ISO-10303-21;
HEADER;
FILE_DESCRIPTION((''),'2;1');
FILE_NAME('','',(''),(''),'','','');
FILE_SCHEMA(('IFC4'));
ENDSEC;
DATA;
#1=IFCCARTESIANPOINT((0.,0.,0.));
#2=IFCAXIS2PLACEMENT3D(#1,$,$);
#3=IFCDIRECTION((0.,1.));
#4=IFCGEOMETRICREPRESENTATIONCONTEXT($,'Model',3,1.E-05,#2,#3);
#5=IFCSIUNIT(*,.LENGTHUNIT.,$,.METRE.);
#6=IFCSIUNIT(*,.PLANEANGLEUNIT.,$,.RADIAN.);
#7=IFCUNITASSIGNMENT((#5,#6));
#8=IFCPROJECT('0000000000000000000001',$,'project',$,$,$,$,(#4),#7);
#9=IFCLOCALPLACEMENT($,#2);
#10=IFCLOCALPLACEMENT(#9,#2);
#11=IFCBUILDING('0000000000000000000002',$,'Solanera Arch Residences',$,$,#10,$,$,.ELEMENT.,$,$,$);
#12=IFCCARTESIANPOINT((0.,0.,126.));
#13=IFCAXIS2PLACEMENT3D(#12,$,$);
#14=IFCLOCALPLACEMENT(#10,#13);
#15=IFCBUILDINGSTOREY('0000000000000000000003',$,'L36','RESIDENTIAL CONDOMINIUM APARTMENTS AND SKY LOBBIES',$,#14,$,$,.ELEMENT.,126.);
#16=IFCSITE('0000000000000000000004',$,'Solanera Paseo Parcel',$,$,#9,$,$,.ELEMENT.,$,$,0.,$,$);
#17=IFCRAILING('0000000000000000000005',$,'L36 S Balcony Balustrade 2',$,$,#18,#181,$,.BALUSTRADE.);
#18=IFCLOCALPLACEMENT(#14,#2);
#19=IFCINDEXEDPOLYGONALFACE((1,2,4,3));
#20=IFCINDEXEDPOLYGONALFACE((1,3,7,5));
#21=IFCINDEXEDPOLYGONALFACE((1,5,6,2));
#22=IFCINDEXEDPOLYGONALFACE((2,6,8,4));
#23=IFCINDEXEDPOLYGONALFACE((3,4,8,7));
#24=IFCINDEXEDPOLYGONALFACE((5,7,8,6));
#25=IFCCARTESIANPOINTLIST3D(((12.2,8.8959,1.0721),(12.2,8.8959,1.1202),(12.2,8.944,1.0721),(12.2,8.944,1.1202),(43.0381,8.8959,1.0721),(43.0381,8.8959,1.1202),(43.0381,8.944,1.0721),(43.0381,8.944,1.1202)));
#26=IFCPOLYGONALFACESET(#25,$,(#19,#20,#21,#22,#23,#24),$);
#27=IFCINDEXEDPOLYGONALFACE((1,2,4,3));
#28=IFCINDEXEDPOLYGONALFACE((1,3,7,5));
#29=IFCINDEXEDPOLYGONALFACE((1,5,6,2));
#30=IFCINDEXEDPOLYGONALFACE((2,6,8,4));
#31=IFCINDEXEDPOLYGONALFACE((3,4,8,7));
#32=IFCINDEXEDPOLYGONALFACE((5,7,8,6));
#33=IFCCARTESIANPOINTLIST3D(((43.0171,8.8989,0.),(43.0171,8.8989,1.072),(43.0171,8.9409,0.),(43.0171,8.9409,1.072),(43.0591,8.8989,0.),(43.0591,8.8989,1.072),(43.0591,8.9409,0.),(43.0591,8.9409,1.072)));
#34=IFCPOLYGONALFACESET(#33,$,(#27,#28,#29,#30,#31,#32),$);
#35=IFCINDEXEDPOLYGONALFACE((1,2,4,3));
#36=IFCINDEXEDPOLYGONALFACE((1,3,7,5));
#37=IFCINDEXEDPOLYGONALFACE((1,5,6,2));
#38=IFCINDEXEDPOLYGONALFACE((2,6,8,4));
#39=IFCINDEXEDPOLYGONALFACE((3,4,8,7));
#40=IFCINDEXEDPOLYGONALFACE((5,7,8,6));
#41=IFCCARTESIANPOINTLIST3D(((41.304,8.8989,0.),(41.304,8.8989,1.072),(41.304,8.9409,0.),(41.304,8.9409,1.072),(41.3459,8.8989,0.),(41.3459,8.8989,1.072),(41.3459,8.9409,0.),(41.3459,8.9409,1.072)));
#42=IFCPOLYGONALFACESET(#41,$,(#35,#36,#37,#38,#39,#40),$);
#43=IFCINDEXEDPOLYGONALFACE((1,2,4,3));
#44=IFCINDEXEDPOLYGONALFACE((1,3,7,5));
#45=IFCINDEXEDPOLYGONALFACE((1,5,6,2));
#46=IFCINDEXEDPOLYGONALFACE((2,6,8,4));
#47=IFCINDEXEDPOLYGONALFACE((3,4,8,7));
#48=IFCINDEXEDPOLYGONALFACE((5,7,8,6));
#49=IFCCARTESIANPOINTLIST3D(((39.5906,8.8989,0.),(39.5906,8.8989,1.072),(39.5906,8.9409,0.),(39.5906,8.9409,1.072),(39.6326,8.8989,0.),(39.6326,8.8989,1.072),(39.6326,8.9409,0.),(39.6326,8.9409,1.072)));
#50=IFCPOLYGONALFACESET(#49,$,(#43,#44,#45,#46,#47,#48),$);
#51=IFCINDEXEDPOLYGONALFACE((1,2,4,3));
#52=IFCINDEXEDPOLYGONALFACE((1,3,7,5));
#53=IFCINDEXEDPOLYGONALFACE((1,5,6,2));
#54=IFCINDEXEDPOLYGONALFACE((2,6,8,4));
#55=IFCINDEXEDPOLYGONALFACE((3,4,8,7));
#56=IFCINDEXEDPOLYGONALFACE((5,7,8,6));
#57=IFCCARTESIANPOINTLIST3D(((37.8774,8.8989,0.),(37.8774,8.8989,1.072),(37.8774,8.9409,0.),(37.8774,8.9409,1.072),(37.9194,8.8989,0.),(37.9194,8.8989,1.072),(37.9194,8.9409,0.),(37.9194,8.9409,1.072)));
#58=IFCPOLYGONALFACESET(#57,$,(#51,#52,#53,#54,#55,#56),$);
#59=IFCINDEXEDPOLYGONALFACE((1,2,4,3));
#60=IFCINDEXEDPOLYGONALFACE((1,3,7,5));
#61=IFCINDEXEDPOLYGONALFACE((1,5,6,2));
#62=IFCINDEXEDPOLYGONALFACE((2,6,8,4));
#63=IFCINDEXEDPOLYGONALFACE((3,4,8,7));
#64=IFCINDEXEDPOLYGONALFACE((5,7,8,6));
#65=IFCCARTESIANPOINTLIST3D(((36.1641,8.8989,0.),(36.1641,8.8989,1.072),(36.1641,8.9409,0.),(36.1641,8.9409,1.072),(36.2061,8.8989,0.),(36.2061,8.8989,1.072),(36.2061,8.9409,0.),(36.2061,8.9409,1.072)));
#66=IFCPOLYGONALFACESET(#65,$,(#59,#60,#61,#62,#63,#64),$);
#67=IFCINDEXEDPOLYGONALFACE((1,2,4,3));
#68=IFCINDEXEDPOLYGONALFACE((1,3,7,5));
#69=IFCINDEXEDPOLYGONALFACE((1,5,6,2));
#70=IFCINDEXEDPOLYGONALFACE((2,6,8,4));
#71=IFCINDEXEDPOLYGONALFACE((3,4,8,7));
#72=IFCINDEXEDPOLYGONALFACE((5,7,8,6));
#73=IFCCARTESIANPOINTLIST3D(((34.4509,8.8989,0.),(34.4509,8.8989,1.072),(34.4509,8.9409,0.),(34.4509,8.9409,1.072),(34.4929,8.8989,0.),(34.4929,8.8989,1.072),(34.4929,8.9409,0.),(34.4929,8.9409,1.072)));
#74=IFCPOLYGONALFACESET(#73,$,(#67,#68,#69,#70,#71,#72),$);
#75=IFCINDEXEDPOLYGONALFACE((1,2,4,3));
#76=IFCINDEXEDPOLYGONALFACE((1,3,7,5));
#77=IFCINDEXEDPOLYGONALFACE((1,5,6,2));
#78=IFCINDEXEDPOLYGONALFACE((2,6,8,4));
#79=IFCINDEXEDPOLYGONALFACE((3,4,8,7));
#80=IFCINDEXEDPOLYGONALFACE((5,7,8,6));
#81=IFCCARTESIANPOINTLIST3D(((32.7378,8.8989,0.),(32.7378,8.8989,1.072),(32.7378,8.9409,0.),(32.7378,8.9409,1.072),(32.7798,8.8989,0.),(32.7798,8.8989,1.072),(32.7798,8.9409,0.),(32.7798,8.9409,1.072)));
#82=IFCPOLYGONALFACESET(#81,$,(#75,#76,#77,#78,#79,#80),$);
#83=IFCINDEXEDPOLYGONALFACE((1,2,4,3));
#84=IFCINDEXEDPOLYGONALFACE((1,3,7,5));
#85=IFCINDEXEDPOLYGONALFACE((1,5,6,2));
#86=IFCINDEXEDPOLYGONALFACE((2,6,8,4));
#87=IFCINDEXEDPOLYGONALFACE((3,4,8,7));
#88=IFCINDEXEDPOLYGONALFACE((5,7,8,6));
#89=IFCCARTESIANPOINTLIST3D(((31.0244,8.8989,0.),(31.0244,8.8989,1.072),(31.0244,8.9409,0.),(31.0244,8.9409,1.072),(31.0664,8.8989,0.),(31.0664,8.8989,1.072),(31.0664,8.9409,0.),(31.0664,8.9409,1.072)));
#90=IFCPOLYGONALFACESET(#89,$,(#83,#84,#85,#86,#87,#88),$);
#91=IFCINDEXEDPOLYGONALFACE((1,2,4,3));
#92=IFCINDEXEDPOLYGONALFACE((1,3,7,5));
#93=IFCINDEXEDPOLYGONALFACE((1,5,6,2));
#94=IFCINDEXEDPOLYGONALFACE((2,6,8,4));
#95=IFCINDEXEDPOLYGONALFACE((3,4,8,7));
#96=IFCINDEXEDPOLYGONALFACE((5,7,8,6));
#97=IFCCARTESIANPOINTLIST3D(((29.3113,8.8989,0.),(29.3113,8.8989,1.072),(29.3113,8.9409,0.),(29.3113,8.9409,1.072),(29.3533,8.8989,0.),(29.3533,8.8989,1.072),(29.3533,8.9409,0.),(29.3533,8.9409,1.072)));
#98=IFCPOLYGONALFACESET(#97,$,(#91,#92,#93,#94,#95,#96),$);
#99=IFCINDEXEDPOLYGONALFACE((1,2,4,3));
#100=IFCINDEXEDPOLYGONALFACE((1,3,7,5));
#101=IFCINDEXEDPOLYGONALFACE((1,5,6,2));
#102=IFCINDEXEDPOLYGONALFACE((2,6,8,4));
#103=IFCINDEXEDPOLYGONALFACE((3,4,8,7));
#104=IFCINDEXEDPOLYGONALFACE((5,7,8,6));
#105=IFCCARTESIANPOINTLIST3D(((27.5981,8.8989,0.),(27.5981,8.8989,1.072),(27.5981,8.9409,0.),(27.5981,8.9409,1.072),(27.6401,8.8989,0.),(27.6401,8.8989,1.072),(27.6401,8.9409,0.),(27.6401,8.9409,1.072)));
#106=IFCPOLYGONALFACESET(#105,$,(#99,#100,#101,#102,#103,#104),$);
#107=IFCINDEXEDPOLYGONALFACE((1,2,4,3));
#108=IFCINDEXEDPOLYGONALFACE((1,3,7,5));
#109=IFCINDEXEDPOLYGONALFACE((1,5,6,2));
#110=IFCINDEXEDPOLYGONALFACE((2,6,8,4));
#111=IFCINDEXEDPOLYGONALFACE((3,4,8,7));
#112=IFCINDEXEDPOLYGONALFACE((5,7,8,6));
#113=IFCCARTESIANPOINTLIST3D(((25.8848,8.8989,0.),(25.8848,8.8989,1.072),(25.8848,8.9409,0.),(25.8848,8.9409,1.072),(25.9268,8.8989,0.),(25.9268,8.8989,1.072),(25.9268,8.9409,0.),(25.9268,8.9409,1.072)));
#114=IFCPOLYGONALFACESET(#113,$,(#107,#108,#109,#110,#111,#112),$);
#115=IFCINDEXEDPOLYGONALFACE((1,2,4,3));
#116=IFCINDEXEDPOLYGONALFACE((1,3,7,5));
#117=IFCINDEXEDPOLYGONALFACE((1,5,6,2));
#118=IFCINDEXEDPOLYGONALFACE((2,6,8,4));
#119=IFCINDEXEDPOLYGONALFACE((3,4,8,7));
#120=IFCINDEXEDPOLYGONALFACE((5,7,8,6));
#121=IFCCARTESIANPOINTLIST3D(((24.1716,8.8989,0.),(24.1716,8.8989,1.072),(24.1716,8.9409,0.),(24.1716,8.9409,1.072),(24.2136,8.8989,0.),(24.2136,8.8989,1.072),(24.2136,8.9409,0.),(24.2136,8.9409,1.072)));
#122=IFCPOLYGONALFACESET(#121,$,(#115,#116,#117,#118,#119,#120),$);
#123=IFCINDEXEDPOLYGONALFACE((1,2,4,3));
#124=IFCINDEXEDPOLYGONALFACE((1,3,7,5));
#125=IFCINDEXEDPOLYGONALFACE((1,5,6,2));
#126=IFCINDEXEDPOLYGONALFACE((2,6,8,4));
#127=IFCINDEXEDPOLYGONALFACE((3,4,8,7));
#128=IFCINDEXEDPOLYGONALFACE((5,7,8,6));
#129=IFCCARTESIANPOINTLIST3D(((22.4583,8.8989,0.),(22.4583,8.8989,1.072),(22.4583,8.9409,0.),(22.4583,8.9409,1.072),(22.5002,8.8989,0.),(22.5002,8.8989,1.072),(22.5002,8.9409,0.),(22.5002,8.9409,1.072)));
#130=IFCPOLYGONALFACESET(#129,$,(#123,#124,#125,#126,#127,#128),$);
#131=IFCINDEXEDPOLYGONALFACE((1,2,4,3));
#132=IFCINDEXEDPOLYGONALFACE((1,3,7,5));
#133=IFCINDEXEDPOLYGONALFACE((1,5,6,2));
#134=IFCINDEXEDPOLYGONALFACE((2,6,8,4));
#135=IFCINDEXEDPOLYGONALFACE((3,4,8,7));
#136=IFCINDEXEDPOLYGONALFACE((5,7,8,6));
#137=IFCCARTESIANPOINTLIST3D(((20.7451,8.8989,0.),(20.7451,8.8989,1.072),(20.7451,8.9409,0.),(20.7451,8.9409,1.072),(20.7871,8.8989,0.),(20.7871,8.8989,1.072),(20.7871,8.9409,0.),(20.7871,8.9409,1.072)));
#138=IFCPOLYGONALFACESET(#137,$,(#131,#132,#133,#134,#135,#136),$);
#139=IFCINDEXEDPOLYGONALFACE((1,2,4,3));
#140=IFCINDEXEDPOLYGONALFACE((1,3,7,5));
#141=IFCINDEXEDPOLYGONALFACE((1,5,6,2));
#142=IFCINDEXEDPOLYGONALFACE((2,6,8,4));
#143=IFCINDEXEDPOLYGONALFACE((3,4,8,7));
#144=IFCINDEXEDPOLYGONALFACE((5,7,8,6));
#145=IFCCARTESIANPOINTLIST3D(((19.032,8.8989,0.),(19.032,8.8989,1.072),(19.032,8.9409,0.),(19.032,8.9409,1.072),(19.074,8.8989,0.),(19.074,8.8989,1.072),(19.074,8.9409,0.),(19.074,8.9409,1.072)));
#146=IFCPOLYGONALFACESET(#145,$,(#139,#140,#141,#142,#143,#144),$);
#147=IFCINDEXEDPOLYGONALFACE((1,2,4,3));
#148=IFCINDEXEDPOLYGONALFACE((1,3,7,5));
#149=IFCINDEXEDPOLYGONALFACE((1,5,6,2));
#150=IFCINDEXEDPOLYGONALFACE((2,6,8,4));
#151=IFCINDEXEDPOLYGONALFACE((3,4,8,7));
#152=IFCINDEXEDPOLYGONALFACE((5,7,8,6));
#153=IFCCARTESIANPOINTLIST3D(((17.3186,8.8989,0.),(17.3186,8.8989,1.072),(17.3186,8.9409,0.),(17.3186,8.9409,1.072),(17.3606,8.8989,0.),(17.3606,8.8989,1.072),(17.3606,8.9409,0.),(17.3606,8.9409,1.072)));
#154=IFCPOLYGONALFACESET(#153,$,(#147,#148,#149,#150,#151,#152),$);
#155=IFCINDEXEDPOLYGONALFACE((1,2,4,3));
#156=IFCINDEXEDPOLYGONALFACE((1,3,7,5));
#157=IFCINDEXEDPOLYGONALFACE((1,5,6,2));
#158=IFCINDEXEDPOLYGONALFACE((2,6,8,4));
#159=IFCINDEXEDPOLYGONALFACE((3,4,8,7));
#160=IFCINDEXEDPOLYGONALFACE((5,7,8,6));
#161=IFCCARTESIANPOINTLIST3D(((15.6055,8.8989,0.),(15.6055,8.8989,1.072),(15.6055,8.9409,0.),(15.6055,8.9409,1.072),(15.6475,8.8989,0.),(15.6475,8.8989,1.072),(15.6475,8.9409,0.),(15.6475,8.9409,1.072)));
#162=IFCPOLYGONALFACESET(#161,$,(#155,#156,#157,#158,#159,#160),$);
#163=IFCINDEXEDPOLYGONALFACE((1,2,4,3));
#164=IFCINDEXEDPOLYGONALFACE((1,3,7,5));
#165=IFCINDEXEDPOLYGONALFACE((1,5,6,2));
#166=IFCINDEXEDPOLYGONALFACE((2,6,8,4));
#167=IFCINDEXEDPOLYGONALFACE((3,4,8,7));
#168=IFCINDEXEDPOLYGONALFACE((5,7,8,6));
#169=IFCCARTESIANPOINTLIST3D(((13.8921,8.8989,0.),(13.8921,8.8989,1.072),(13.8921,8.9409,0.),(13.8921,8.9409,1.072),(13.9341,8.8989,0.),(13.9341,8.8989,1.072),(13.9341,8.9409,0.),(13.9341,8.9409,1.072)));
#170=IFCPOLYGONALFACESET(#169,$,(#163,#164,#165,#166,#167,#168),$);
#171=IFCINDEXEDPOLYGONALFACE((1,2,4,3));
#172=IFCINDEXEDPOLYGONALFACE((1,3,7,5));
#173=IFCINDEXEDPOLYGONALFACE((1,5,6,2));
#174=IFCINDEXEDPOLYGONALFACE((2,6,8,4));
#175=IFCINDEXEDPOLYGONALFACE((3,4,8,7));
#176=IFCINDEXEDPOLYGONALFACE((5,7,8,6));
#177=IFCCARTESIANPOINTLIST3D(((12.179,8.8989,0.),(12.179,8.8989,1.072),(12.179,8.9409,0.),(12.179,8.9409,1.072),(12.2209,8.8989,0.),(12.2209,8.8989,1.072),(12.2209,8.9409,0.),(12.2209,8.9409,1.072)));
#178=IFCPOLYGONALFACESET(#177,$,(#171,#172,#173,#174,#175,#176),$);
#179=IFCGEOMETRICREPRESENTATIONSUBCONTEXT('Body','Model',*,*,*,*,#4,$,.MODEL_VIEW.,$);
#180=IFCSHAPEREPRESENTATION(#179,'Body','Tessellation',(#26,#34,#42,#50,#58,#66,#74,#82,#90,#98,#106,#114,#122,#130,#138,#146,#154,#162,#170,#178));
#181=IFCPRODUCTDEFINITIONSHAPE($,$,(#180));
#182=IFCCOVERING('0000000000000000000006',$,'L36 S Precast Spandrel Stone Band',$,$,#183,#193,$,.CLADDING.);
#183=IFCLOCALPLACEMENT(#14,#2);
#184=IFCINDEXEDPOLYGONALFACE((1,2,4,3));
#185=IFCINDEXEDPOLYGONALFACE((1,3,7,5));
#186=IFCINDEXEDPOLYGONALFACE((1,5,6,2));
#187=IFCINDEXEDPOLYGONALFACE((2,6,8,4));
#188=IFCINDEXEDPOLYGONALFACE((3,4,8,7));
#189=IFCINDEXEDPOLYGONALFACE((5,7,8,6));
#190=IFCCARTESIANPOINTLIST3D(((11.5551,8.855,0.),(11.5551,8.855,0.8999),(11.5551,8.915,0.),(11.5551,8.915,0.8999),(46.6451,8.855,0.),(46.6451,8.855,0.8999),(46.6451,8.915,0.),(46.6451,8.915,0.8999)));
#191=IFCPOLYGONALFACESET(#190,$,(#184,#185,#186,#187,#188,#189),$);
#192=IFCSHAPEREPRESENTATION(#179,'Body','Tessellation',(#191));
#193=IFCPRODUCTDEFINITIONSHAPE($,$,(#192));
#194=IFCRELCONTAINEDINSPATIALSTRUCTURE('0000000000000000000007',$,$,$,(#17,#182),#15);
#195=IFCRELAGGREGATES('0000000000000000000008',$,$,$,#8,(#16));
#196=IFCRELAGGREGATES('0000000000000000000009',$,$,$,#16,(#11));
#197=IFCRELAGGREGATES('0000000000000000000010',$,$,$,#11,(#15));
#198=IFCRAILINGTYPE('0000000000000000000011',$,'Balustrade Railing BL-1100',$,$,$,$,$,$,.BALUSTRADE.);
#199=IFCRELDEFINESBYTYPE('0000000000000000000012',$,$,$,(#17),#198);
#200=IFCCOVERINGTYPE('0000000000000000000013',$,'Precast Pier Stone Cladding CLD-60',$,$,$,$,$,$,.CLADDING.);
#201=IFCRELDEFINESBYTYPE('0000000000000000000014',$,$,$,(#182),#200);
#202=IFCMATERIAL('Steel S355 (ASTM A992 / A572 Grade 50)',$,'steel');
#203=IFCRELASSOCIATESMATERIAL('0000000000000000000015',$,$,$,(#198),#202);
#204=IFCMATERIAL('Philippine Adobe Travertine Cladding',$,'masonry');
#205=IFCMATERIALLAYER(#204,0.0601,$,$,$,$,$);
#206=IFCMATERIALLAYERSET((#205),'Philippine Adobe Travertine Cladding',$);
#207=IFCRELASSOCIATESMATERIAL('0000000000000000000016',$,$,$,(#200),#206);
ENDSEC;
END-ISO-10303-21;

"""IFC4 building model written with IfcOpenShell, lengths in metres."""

from ifc_helpers import new_model, si_unit, direction, frame, frame_2d, origin, origin_2d, place, context, subcontext, project, spatial, rectangle, extrude, material, layer, layer_set, type_object, element, save


model = new_model("IFC4")

# Units and contexts
model_context = context("Model", 3, precision=1e-05, world=origin(), true_north=direction((0.0, 1.0)))
body_context = subcontext(model_context, "Body", "Model", "MODEL_VIEW")
ifc_project = project(units=[si_unit("LENGTHUNIT", "METRE"), si_unit("PLANEANGLEUNIT", "RADIAN")], contexts=[model_context])

# Site, building, storey
site_placement = place(None, origin())
site = spatial("IfcSite", under=ifc_project, at=site_placement, Name="Solanera Paseo Parcel", CompositionType="ELEMENT", RefElevation=0.0)
building_placement = place(site_placement, origin())
building = spatial("IfcBuilding", under=site, at=building_placement, Name="Solanera Arch Residences", CompositionType="ELEMENT")
storey_placement = place(building_placement, frame((0.0, 0.0, 126.0)))
storey = spatial("IfcBuildingStorey", under=building, at=storey_placement, Name="L36", Description="RESIDENTIAL CONDOMINIUM APARTMENTS AND SKY LOBBIES", CompositionType="ELEMENT", Elevation=126.0)

# Railing
ifc_material_1 = material(Name="Steel S355 (ASTM A992 / A572 Grade 50)", Category="steel")
railing_type = type_object("IfcRailingType", Name="Balustrade Railing BL-1100", PredefinedType="BALUSTRADE", material=ifc_material_1)
railing_1_placement = place(storey_placement, frame((43.0381, 8.9199, 0.0)))
element("IfcRailing", 1, at=railing_1_placement, inside=storey, type_object=railing_type, Name="L36 S Balcony Balustrade 2", PredefinedType="BALUSTRADE", context=body_context, shape_type="SweptSolid", body=[
    extrude(rectangle(XDim=0.0481, YDim=0.0481, at=origin_2d()), frame((0.0, 0.0, 1.0962), z_axis=(-1.0, 0.0, 0.0), x_axis=(0.0, -1.0, 0.0)), (0.0, 0.0, 1.0), 30.8381),
    extrude(rectangle(XDim=0.042, YDim=0.042, at=origin_2d()), origin(), (0.0, 0.0, 1.0), 1.072),
    extrude(rectangle(XDim=0.042, YDim=0.042, at=origin_2d()), frame((-1.7131, 0.0, 0.0)), (0.0, 0.0, 1.0), 1.072),
    extrude(rectangle(XDim=0.042, YDim=0.042, at=origin_2d()), frame((-3.4265, 0.0, 0.0)), (0.0, 0.0, 1.0), 1.072),
    extrude(rectangle(XDim=0.042, YDim=0.042, at=origin_2d()), frame((-5.1396, 0.0, 0.0)), (0.0, 0.0, 1.0), 1.072),
    extrude(rectangle(XDim=0.042, YDim=0.042, at=origin_2d()), frame((-6.853, 0.0, 0.0)), (0.0, 0.0, 1.0), 1.072),
    extrude(rectangle(XDim=0.042, YDim=0.042, at=origin_2d()), frame((-8.5662, 0.0, 0.0)), (0.0, 0.0, 1.0), 1.072),
    extrude(rectangle(XDim=0.042, YDim=0.042, at=origin_2d()), frame((-10.2793, 0.0, 0.0)), (0.0, 0.0, 1.0), 1.072),
    extrude(rectangle(XDim=0.042, YDim=0.042, at=origin_2d()), frame((-11.9927, 0.0, 0.0)), (0.0, 0.0, 1.0), 1.072),
    extrude(rectangle(XDim=0.042, YDim=0.042, at=origin_2d()), frame((-13.7058, 0.0, 0.0)), (0.0, 0.0, 1.0), 1.072),
    extrude(rectangle(XDim=0.042, YDim=0.042, at=origin_2d()), frame((-15.4189, 0.0, 0.0)), (0.0, 0.0, 1.0), 1.072),
    extrude(rectangle(XDim=0.042, YDim=0.042, at=origin_2d()), frame((-17.1323, 0.0, 0.0)), (0.0, 0.0, 1.0), 1.072),
    extrude(rectangle(XDim=0.042, YDim=0.042, at=origin_2d()), frame((-18.8455, 0.0, 0.0)), (0.0, 0.0, 1.0), 1.072),
    extrude(rectangle(XDim=0.042, YDim=0.042, at=origin_2d()), frame((-20.5588, 0.0, 0.0)), (0.0, 0.0, 1.0), 1.072),
    extrude(rectangle(XDim=0.042, YDim=0.042, at=origin_2d()), frame((-22.272, 0.0, 0.0)), (0.0, 0.0, 1.0), 1.072),
    extrude(rectangle(XDim=0.042, YDim=0.042, at=origin_2d()), frame((-23.9851, 0.0, 0.0)), (0.0, 0.0, 1.0), 1.072),
    extrude(rectangle(XDim=0.042, YDim=0.042, at=origin_2d()), frame((-25.6985, 0.0, 0.0)), (0.0, 0.0, 1.0), 1.072),
    extrude(rectangle(XDim=0.042, YDim=0.042, at=origin_2d()), frame((-27.4116, 0.0, 0.0)), (0.0, 0.0, 1.0), 1.072),
    extrude(rectangle(XDim=0.042, YDim=0.042, at=origin_2d()), frame((-29.125, 0.0, 0.0)), (0.0, 0.0, 1.0), 1.072),
    extrude(rectangle(XDim=0.042, YDim=0.042, at=origin_2d()), frame((-30.8381, 0.0, 0.0)), (0.0, 0.0, 1.0), 1.072),
])

# Covering
ifc_material_2 = material(Name="Philippine Adobe Travertine Cladding", Category="masonry")
ifc_layer_1 = layer(ifc_material_2, 0.0601)
ifc_layer_set_1 = layer_set([ifc_layer_1], Name="Philippine Adobe Travertine Cladding")
covering_type = type_object("IfcCoveringType", Name="Precast Pier Stone Cladding CLD-60", PredefinedType="CLADDING", material=ifc_layer_set_1)
covering_placement = place(storey_placement, frame((46.645, 8.885, 0.0), z_axis=(0.0, 0.0, 1.0), x_axis=(-1.0, 0.0, 0.0)))
element("IfcCovering", 2, at=covering_placement, inside=storey, type_object=covering_type, Name="L36 S Precast Spandrel Stone Band", PredefinedType="CLADDING", context=body_context, shape_type="SweptSolid", body=[
    extrude(rectangle(XDim=35.0901, YDim=0.0601, at=frame_2d((17.5449, 0.0))), origin(), (0.0, 0.0, 1.0), 0.8999),
])

save(model, "model.ifc")
